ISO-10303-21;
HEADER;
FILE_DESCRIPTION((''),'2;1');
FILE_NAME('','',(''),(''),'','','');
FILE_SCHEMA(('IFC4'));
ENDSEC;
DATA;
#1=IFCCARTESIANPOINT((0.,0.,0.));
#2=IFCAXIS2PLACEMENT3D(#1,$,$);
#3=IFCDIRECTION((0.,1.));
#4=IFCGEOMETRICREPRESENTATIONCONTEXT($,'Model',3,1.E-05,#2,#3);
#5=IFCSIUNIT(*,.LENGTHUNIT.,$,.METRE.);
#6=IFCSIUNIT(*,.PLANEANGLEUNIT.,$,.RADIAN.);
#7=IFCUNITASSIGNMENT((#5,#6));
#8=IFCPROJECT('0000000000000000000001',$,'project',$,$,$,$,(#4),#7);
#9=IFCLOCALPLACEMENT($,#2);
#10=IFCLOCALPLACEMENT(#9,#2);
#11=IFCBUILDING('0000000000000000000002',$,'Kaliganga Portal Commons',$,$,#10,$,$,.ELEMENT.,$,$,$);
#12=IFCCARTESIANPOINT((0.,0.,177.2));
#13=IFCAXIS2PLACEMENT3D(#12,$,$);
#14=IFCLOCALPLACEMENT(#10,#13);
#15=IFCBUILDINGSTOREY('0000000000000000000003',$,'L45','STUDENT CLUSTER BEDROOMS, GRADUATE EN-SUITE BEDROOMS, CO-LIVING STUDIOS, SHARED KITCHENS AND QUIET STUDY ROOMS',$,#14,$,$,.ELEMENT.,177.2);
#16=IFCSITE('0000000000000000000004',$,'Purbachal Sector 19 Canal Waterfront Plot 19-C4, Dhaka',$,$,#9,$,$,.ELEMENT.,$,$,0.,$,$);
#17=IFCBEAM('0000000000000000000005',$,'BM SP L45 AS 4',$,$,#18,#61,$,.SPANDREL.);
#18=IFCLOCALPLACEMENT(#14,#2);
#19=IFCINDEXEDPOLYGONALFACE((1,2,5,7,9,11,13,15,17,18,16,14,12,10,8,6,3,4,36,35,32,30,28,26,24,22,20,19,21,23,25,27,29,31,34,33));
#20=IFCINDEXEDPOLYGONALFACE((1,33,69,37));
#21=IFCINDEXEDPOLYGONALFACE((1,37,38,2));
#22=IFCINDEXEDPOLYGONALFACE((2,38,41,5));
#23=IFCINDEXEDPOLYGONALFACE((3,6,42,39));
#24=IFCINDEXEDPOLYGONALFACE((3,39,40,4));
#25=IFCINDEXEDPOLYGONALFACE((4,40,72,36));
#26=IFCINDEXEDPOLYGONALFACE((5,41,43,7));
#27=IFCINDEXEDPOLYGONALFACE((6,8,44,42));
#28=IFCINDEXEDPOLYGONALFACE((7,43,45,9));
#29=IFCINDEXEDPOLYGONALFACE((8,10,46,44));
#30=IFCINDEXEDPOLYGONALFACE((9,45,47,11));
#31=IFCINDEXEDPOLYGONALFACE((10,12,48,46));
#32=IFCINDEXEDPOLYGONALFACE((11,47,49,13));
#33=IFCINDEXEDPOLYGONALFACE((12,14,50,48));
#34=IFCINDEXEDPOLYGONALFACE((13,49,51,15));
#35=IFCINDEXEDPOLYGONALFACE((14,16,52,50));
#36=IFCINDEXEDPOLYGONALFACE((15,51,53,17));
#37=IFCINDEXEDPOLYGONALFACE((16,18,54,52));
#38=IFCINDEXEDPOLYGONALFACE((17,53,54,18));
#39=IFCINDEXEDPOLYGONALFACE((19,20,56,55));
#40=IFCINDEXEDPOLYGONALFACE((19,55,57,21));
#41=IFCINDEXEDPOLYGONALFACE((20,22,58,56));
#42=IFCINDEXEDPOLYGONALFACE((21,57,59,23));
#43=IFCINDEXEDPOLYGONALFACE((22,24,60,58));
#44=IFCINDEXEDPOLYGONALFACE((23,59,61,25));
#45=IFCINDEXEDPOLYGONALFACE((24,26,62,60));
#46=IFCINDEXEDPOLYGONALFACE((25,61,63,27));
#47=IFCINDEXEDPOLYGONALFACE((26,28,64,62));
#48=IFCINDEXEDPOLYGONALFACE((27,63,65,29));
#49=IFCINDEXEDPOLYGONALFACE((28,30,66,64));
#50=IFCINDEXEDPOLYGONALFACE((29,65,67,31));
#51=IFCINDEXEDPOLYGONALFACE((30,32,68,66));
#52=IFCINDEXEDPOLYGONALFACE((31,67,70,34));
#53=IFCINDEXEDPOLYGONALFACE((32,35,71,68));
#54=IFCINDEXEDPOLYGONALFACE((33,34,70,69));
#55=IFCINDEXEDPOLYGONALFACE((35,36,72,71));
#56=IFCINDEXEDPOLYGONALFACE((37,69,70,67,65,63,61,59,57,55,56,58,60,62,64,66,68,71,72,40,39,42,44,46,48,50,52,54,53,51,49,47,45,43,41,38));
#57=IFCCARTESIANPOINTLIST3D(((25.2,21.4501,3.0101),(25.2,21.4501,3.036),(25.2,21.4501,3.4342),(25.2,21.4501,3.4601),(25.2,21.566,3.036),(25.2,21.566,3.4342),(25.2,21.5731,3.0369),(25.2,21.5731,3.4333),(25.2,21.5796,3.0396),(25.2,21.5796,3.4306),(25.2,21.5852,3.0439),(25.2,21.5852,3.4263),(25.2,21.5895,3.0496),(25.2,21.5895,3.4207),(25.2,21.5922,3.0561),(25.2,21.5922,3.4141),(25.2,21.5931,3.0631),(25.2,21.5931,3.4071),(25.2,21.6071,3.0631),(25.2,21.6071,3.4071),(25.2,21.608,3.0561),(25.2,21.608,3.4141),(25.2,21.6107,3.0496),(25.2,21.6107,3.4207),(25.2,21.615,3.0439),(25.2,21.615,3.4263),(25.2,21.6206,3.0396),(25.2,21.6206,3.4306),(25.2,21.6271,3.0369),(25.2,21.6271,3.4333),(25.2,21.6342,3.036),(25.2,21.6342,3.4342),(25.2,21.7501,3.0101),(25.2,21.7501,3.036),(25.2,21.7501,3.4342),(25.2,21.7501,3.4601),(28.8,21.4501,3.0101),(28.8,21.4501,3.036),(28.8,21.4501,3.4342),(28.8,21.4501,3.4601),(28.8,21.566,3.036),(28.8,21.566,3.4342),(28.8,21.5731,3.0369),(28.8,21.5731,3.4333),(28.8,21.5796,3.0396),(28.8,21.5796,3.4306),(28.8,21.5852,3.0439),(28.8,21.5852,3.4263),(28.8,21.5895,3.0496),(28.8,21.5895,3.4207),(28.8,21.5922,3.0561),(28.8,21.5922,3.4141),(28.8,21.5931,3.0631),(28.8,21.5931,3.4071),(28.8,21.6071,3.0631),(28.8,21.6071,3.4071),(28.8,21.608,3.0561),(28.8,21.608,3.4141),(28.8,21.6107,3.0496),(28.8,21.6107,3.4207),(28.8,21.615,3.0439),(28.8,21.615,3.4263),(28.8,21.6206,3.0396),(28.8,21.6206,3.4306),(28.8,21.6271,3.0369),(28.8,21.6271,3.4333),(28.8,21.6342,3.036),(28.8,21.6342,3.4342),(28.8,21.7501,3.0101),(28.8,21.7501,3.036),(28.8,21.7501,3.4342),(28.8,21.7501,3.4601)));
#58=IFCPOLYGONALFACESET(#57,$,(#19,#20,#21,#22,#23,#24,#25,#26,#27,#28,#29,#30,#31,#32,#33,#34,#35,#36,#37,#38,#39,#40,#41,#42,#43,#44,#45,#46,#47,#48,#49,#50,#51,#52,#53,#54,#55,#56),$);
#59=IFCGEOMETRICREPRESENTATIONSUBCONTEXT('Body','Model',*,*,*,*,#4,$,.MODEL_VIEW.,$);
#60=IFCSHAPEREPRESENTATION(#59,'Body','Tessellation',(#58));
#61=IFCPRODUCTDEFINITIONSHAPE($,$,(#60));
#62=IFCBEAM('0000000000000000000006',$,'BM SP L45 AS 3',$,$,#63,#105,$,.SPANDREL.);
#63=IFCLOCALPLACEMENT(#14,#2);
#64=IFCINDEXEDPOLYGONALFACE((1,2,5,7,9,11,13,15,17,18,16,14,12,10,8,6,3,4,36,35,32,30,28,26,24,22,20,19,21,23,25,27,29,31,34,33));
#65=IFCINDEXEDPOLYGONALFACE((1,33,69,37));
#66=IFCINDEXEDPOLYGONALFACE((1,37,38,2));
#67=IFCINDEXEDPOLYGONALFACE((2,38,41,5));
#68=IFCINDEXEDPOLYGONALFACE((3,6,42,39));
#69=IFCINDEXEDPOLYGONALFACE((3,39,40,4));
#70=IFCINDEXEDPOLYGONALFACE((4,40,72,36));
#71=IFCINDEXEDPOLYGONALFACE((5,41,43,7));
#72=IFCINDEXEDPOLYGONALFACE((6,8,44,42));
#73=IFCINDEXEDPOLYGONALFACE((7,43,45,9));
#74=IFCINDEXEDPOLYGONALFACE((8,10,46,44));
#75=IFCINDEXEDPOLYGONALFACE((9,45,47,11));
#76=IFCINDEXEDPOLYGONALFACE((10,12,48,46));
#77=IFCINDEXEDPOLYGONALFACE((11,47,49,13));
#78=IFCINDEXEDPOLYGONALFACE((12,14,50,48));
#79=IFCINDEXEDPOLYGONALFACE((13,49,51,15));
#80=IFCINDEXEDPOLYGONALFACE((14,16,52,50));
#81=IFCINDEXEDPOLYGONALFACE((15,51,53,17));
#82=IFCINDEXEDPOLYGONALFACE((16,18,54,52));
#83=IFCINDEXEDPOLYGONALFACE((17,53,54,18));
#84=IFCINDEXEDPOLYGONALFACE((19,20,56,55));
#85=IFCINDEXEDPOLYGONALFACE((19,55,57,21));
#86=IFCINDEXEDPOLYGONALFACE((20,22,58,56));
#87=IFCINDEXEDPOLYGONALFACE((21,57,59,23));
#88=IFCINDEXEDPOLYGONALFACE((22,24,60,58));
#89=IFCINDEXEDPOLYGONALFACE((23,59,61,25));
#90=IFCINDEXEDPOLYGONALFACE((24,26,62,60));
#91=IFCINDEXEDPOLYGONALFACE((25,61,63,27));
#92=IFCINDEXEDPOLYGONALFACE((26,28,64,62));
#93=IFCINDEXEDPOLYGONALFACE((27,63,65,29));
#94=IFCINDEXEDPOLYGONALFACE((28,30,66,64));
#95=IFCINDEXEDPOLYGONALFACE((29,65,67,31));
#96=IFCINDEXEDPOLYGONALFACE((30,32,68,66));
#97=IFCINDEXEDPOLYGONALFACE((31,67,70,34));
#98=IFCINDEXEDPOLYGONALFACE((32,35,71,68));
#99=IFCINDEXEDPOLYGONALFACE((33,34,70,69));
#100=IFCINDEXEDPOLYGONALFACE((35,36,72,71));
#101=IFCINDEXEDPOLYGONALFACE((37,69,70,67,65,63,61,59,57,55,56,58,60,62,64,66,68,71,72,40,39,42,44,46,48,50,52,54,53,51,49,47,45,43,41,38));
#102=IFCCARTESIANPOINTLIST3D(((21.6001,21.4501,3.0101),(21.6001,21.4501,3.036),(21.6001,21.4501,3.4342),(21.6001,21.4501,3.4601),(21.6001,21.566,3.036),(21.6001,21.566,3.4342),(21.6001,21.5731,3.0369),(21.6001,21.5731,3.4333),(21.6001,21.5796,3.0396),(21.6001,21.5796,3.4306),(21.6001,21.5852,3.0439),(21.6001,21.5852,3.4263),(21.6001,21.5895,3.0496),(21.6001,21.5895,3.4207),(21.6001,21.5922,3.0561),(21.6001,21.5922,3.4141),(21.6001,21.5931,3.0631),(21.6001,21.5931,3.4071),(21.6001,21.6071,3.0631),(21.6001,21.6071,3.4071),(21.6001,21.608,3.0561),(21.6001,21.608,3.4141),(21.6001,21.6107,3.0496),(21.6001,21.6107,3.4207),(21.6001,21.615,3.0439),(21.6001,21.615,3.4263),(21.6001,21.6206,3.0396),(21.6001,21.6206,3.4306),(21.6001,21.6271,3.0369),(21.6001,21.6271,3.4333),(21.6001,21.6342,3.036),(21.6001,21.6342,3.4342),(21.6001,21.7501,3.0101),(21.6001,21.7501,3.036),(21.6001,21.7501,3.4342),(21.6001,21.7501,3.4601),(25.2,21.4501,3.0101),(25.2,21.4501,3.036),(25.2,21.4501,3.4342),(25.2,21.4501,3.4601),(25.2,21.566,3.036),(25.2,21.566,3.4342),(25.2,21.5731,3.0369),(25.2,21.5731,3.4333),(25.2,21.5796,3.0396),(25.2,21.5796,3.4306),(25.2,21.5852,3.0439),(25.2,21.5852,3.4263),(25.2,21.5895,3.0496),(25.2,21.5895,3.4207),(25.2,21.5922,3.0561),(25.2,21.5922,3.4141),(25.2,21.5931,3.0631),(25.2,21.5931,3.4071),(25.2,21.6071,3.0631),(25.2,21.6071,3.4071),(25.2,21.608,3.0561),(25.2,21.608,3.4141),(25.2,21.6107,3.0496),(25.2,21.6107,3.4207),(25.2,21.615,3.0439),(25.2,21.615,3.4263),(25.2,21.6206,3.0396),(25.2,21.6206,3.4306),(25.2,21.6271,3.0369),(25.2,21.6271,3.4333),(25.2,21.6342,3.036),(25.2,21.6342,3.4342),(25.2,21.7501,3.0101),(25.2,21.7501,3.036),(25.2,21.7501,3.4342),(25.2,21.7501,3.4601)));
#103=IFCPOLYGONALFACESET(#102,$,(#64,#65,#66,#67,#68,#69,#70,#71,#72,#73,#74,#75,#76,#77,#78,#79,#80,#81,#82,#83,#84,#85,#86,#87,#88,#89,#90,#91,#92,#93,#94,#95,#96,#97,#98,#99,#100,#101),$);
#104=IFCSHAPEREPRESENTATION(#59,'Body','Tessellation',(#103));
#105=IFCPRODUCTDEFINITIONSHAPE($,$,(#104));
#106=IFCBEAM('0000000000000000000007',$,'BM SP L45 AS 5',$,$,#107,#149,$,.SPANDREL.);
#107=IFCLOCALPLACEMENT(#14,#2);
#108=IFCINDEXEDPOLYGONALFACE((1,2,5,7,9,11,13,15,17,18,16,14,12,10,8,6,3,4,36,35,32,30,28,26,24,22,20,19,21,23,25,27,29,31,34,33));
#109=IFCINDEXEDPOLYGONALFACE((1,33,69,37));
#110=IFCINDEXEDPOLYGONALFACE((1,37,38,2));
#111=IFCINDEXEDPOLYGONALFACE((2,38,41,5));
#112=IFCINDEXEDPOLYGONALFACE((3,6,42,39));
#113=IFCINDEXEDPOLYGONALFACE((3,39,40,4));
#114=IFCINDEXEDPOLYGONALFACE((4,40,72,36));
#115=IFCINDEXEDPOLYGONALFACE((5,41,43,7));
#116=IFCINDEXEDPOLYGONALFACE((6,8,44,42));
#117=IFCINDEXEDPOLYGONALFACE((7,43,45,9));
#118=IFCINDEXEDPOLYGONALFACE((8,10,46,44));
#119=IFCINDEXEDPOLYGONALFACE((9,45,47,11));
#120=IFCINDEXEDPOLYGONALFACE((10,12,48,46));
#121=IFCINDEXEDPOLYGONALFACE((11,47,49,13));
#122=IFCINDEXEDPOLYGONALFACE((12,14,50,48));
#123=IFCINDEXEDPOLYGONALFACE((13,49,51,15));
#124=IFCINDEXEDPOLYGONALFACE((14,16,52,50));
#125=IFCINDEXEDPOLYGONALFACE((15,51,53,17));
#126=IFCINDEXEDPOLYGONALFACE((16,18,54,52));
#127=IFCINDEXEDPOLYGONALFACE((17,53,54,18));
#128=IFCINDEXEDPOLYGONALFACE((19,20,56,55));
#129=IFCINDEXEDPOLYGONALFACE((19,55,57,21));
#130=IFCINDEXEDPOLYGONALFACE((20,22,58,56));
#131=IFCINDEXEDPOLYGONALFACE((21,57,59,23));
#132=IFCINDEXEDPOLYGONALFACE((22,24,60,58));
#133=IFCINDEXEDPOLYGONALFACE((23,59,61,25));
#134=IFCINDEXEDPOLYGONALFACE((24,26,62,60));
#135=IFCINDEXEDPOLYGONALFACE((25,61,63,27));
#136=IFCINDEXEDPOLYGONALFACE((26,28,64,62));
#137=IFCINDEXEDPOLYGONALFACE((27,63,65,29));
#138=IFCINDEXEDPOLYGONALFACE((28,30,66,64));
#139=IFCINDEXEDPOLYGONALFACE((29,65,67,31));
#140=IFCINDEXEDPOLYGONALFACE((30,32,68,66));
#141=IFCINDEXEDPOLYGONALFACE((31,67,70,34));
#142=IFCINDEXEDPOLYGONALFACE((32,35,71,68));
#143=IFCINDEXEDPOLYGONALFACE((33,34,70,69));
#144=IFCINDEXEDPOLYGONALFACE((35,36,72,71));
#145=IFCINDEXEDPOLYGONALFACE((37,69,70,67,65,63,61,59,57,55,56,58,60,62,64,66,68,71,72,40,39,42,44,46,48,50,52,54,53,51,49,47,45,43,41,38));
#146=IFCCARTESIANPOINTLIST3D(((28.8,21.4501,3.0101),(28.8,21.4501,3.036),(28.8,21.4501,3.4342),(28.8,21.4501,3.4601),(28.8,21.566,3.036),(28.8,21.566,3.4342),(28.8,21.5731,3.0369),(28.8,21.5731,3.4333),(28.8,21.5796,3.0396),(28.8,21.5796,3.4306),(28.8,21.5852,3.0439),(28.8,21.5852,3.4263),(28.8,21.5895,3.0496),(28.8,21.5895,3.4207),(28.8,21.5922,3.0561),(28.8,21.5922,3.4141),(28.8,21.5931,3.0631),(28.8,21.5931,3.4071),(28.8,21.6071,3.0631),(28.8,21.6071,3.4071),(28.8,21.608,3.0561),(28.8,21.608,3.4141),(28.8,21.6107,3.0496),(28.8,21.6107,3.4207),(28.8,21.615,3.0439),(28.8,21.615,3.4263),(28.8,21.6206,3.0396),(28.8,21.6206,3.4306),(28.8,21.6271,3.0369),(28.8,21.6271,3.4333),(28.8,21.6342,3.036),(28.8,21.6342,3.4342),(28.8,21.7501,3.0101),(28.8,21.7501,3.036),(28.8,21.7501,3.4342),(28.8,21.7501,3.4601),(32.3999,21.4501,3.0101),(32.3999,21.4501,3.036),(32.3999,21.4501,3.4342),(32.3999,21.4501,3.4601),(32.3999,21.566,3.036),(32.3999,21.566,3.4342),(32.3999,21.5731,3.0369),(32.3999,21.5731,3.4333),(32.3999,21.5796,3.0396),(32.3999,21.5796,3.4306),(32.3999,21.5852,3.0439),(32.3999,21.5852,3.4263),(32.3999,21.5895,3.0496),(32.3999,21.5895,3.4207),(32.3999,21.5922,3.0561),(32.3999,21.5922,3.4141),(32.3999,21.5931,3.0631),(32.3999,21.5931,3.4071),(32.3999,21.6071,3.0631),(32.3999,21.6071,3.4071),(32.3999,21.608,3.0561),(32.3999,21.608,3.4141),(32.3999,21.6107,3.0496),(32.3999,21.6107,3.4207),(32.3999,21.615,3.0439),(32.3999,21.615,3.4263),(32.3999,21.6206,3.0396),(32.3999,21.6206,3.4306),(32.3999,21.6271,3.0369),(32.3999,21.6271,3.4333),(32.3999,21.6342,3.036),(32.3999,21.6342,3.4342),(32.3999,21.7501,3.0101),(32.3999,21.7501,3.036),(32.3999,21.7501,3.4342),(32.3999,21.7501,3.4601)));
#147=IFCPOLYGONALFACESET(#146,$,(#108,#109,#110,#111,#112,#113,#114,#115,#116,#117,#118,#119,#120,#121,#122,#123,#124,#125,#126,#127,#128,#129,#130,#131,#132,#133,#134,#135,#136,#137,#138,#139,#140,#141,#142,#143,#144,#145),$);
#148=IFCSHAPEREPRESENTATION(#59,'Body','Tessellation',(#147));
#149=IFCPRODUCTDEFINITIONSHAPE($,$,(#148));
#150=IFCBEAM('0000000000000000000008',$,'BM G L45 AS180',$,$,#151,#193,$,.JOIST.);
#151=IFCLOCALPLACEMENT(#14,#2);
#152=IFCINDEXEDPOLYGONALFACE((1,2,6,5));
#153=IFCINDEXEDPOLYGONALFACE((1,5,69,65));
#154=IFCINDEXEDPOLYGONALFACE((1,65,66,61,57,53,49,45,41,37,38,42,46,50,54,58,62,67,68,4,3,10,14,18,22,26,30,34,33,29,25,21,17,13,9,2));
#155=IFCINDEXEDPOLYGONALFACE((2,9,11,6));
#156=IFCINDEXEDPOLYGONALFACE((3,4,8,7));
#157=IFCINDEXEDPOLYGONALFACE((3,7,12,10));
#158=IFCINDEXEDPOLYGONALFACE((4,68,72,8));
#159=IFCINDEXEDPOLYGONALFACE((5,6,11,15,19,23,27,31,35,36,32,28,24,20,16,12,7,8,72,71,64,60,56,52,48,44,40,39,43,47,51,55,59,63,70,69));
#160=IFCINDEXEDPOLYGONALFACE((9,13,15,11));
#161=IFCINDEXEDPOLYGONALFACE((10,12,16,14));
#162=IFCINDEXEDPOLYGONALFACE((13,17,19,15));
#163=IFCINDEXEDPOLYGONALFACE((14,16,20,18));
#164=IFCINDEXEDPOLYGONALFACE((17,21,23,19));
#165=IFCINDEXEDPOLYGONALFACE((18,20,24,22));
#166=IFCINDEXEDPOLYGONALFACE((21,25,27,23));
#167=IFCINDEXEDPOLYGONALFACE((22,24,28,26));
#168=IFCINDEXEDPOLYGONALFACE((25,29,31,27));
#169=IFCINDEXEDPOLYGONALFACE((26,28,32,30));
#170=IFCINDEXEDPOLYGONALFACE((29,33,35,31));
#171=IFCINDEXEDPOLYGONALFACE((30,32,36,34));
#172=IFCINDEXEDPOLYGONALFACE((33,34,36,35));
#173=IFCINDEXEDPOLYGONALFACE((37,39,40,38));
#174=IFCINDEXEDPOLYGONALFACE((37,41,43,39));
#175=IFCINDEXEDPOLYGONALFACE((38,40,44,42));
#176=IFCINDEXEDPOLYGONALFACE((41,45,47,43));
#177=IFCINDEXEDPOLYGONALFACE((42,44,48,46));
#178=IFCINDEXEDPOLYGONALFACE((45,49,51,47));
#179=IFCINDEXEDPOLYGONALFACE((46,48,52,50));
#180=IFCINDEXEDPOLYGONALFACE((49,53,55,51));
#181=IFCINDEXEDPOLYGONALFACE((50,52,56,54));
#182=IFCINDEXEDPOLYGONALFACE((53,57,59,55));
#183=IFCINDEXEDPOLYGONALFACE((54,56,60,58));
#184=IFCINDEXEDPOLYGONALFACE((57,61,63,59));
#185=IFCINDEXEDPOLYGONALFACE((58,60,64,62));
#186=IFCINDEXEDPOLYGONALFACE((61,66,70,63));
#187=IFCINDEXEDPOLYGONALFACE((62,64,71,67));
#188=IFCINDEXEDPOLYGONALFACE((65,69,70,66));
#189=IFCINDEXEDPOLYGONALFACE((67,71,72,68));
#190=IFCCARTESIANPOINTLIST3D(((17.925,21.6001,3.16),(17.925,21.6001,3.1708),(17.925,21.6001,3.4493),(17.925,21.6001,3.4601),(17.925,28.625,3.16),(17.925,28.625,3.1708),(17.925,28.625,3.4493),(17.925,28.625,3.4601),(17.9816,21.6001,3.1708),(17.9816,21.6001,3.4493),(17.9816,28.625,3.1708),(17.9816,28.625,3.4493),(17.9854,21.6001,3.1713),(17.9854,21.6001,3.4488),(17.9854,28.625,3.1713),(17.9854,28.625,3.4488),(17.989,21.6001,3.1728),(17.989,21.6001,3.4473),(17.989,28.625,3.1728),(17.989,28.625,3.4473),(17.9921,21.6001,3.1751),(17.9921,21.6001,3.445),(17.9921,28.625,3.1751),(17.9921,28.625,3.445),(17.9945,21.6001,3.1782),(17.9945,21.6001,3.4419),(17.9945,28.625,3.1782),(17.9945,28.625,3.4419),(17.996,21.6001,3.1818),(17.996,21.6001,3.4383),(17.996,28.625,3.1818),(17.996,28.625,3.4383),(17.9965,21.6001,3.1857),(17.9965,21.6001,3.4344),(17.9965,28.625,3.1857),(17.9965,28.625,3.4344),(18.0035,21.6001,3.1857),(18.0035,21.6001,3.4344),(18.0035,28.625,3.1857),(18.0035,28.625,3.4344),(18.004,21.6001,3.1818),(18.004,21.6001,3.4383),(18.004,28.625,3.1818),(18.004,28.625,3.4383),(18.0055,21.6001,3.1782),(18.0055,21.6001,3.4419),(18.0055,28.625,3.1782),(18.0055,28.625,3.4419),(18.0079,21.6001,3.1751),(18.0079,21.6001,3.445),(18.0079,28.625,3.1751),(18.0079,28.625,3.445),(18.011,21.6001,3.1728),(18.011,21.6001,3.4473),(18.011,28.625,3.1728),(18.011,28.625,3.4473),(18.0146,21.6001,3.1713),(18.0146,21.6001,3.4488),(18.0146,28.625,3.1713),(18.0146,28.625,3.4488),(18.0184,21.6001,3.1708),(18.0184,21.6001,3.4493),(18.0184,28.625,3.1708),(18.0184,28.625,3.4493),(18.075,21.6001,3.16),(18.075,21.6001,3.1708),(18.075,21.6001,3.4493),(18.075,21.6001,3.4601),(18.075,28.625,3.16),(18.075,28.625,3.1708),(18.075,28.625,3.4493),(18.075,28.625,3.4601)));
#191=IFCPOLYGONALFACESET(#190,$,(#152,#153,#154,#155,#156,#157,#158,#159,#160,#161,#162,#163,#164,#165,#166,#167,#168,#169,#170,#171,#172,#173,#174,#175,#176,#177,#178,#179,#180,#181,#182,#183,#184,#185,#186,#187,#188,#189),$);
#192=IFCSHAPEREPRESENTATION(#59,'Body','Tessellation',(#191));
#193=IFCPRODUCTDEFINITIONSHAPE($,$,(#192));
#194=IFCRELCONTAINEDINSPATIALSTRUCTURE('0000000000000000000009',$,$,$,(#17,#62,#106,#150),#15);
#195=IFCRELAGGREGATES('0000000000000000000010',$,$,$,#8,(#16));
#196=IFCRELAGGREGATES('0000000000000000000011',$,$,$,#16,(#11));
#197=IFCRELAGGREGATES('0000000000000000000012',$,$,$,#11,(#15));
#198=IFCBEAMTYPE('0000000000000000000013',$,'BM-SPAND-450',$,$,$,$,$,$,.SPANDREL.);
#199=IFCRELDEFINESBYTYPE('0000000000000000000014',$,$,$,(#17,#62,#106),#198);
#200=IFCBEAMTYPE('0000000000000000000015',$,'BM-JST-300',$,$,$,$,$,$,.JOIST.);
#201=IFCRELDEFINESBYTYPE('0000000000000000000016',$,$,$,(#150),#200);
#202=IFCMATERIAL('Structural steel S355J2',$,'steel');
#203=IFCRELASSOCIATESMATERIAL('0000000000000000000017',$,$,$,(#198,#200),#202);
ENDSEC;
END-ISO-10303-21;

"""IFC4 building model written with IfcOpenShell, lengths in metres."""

from ifc_helpers import new_model, si_unit, direction, frame, origin, origin_2d, place, context, subcontext, project, spatial, i_section, extrude, source, transform, mapped, material, material_profile, profile_set, type_object, element, save


model = new_model("IFC4")

# Units and contexts
model_context = context("Model", 3, precision=1e-05, world=origin(), true_north=direction((0.0, 1.0)))
body_context = subcontext(model_context, "Body", "Model", "MODEL_VIEW")
ifc_project = project(units=[si_unit("LENGTHUNIT", "METRE"), si_unit("PLANEANGLEUNIT", "RADIAN")], contexts=[model_context])

# Site, building, storey
site_placement = place(None, origin())
site = spatial("IfcSite", under=ifc_project, at=site_placement, Name="Purbachal Sector 19 Canal Waterfront Plot 19-C4, Dhaka", CompositionType="ELEMENT", RefElevation=0.0)
building_placement = place(site_placement, origin())
building = spatial("IfcBuilding", under=site, at=building_placement, Name="Kaliganga Portal Commons", CompositionType="ELEMENT")
storey_placement = place(building_placement, frame((0.0, 0.0, 177.2)))
storey = spatial("IfcBuildingStorey", under=building, at=storey_placement, Name="L45", Description="STUDENT CLUSTER BEDROOMS, GRADUATE EN-SUITE BEDROOMS, CO-LIVING STUDIOS, SHARED KITCHENS AND QUIET STUDY ROOMS", CompositionType="ELEMENT", Elevation=177.2)

# Beams
ifc_material_1 = material(Name="Structural steel S355J2", Category="steel")
ifc_material_profile_1 = material_profile(ifc_material_1, i_section(OverallWidth=0.3, OverallDepth=0.45, WebThickness=0.0139, FlangeThickness=0.0259, FilletRadius=0.0271, at=origin_2d()), Name="HE 450 B")
ifc_profile_set_1 = profile_set([ifc_material_profile_1], Name="Structural steel S355J2 wide-flange")
beam_type_1 = type_object("IfcBeamType", Name="BM-SPAND-450", PredefinedType="SPANDREL", material=ifc_profile_set_1)
shared_shape_1 = source(origin(), body_context, "Body", "SweptSolid", [
    extrude(i_section(OverallWidth=0.3, OverallDepth=0.45, WebThickness=0.0139, FlangeThickness=0.0259, FilletRadius=0.0271, at=origin_2d()), origin(), (0.0, 0.0, 1.0), 3.6001),
])
for number, where, z_axis, x_axis, name in (
    (1, (25.2, 21.6001, 3.2351), (1.0, 0.0, 0.0), (0.0, 1.0, 0.0), "BM SP L45 AS 4"),
):
    element("IfcBeam", number, at=place(storey_placement, frame(where, z_axis=z_axis, x_axis=x_axis)), inside=storey, type_object=beam_type_1, Name=name, PredefinedType="SPANDREL", context=body_context, shape_type="MappedRepresentation", body=[
        mapped(shared_shape_1, transform((0.0, 0.0, 0.0), x_axis=(1.0, 0.0, 0.0), y_axis=(0.0, 1.0, 0.0), z_axis=(0.0, 0.0, 1.0), scale=1.0)),
    ])
shared_shape_2 = source(origin(), body_context, "Body", "SweptSolid", [
    extrude(i_section(OverallWidth=0.3, OverallDepth=0.45, WebThickness=0.0139, FlangeThickness=0.0259, FilletRadius=0.0271, at=origin_2d()), origin(), (0.0, 0.0, 1.0), 3.5999),
])
for number, where, z_axis, x_axis, name in (
    (2, (21.6001, 21.6001, 3.2351), (1.0, 0.0, 0.0), (0.0, 1.0, 0.0), "BM SP L45 AS 3"),
    (3, (28.8, 21.6001, 3.2351), (1.0, 0.0, 0.0), (0.0, 1.0, 0.0), "BM SP L45 AS 5"),
):
    element("IfcBeam", number, at=place(storey_placement, frame(where, z_axis=z_axis, x_axis=x_axis)), inside=storey, type_object=beam_type_1, Name=name, PredefinedType="SPANDREL", context=body_context, shape_type="MappedRepresentation", body=[
        mapped(shared_shape_2, transform((0.0, 0.0, 0.0), x_axis=(1.0, 0.0, 0.0), y_axis=(0.0, 1.0, 0.0), z_axis=(0.0, 0.0, 1.0), scale=1.0)),
    ])
ifc_material_profile_2 = material_profile(ifc_material_1, i_section(OverallWidth=0.1499, OverallDepth=0.3, WebThickness=0.0071, FlangeThickness=0.0107, FilletRadius=0.0149, at=origin_2d()), Name="IPE 300")
ifc_profile_set_2 = profile_set([ifc_material_profile_2], Name="Structural steel S355J2 wide-flange")
beam_type_2 = type_object("IfcBeamType", Name="BM-JST-300", PredefinedType="JOIST", material=ifc_profile_set_2)
shared_shape_3 = source(origin(), body_context, "Body", "SweptSolid", [
    extrude(i_section(OverallWidth=0.1499, OverallDepth=0.3, WebThickness=0.0071, FlangeThickness=0.0107, FilletRadius=0.0149, at=origin_2d()), origin(), (0.0, 0.0, 1.0), 7.0249),
])
for number, where, z_axis, x_axis, name in (
    (4, (18.0, 21.6001, 3.3101), (0.0, 1.0, 0.0), (-1.0, 0.0, 0.0), "BM G L45 AS180"),
):
    element("IfcBeam", number, at=place(storey_placement, frame(where, z_axis=z_axis, x_axis=x_axis)), inside=storey, type_object=beam_type_2, Name=name, PredefinedType="JOIST", context=body_context, shape_type="MappedRepresentation", body=[
        mapped(shared_shape_3, transform((0.0, 0.0, 0.0), x_axis=(1.0, 0.0, 0.0), y_axis=(0.0, 1.0, 0.0), z_axis=(0.0, 0.0, 1.0), scale=1.0)),
    ])

save(model, "model.ifc")
